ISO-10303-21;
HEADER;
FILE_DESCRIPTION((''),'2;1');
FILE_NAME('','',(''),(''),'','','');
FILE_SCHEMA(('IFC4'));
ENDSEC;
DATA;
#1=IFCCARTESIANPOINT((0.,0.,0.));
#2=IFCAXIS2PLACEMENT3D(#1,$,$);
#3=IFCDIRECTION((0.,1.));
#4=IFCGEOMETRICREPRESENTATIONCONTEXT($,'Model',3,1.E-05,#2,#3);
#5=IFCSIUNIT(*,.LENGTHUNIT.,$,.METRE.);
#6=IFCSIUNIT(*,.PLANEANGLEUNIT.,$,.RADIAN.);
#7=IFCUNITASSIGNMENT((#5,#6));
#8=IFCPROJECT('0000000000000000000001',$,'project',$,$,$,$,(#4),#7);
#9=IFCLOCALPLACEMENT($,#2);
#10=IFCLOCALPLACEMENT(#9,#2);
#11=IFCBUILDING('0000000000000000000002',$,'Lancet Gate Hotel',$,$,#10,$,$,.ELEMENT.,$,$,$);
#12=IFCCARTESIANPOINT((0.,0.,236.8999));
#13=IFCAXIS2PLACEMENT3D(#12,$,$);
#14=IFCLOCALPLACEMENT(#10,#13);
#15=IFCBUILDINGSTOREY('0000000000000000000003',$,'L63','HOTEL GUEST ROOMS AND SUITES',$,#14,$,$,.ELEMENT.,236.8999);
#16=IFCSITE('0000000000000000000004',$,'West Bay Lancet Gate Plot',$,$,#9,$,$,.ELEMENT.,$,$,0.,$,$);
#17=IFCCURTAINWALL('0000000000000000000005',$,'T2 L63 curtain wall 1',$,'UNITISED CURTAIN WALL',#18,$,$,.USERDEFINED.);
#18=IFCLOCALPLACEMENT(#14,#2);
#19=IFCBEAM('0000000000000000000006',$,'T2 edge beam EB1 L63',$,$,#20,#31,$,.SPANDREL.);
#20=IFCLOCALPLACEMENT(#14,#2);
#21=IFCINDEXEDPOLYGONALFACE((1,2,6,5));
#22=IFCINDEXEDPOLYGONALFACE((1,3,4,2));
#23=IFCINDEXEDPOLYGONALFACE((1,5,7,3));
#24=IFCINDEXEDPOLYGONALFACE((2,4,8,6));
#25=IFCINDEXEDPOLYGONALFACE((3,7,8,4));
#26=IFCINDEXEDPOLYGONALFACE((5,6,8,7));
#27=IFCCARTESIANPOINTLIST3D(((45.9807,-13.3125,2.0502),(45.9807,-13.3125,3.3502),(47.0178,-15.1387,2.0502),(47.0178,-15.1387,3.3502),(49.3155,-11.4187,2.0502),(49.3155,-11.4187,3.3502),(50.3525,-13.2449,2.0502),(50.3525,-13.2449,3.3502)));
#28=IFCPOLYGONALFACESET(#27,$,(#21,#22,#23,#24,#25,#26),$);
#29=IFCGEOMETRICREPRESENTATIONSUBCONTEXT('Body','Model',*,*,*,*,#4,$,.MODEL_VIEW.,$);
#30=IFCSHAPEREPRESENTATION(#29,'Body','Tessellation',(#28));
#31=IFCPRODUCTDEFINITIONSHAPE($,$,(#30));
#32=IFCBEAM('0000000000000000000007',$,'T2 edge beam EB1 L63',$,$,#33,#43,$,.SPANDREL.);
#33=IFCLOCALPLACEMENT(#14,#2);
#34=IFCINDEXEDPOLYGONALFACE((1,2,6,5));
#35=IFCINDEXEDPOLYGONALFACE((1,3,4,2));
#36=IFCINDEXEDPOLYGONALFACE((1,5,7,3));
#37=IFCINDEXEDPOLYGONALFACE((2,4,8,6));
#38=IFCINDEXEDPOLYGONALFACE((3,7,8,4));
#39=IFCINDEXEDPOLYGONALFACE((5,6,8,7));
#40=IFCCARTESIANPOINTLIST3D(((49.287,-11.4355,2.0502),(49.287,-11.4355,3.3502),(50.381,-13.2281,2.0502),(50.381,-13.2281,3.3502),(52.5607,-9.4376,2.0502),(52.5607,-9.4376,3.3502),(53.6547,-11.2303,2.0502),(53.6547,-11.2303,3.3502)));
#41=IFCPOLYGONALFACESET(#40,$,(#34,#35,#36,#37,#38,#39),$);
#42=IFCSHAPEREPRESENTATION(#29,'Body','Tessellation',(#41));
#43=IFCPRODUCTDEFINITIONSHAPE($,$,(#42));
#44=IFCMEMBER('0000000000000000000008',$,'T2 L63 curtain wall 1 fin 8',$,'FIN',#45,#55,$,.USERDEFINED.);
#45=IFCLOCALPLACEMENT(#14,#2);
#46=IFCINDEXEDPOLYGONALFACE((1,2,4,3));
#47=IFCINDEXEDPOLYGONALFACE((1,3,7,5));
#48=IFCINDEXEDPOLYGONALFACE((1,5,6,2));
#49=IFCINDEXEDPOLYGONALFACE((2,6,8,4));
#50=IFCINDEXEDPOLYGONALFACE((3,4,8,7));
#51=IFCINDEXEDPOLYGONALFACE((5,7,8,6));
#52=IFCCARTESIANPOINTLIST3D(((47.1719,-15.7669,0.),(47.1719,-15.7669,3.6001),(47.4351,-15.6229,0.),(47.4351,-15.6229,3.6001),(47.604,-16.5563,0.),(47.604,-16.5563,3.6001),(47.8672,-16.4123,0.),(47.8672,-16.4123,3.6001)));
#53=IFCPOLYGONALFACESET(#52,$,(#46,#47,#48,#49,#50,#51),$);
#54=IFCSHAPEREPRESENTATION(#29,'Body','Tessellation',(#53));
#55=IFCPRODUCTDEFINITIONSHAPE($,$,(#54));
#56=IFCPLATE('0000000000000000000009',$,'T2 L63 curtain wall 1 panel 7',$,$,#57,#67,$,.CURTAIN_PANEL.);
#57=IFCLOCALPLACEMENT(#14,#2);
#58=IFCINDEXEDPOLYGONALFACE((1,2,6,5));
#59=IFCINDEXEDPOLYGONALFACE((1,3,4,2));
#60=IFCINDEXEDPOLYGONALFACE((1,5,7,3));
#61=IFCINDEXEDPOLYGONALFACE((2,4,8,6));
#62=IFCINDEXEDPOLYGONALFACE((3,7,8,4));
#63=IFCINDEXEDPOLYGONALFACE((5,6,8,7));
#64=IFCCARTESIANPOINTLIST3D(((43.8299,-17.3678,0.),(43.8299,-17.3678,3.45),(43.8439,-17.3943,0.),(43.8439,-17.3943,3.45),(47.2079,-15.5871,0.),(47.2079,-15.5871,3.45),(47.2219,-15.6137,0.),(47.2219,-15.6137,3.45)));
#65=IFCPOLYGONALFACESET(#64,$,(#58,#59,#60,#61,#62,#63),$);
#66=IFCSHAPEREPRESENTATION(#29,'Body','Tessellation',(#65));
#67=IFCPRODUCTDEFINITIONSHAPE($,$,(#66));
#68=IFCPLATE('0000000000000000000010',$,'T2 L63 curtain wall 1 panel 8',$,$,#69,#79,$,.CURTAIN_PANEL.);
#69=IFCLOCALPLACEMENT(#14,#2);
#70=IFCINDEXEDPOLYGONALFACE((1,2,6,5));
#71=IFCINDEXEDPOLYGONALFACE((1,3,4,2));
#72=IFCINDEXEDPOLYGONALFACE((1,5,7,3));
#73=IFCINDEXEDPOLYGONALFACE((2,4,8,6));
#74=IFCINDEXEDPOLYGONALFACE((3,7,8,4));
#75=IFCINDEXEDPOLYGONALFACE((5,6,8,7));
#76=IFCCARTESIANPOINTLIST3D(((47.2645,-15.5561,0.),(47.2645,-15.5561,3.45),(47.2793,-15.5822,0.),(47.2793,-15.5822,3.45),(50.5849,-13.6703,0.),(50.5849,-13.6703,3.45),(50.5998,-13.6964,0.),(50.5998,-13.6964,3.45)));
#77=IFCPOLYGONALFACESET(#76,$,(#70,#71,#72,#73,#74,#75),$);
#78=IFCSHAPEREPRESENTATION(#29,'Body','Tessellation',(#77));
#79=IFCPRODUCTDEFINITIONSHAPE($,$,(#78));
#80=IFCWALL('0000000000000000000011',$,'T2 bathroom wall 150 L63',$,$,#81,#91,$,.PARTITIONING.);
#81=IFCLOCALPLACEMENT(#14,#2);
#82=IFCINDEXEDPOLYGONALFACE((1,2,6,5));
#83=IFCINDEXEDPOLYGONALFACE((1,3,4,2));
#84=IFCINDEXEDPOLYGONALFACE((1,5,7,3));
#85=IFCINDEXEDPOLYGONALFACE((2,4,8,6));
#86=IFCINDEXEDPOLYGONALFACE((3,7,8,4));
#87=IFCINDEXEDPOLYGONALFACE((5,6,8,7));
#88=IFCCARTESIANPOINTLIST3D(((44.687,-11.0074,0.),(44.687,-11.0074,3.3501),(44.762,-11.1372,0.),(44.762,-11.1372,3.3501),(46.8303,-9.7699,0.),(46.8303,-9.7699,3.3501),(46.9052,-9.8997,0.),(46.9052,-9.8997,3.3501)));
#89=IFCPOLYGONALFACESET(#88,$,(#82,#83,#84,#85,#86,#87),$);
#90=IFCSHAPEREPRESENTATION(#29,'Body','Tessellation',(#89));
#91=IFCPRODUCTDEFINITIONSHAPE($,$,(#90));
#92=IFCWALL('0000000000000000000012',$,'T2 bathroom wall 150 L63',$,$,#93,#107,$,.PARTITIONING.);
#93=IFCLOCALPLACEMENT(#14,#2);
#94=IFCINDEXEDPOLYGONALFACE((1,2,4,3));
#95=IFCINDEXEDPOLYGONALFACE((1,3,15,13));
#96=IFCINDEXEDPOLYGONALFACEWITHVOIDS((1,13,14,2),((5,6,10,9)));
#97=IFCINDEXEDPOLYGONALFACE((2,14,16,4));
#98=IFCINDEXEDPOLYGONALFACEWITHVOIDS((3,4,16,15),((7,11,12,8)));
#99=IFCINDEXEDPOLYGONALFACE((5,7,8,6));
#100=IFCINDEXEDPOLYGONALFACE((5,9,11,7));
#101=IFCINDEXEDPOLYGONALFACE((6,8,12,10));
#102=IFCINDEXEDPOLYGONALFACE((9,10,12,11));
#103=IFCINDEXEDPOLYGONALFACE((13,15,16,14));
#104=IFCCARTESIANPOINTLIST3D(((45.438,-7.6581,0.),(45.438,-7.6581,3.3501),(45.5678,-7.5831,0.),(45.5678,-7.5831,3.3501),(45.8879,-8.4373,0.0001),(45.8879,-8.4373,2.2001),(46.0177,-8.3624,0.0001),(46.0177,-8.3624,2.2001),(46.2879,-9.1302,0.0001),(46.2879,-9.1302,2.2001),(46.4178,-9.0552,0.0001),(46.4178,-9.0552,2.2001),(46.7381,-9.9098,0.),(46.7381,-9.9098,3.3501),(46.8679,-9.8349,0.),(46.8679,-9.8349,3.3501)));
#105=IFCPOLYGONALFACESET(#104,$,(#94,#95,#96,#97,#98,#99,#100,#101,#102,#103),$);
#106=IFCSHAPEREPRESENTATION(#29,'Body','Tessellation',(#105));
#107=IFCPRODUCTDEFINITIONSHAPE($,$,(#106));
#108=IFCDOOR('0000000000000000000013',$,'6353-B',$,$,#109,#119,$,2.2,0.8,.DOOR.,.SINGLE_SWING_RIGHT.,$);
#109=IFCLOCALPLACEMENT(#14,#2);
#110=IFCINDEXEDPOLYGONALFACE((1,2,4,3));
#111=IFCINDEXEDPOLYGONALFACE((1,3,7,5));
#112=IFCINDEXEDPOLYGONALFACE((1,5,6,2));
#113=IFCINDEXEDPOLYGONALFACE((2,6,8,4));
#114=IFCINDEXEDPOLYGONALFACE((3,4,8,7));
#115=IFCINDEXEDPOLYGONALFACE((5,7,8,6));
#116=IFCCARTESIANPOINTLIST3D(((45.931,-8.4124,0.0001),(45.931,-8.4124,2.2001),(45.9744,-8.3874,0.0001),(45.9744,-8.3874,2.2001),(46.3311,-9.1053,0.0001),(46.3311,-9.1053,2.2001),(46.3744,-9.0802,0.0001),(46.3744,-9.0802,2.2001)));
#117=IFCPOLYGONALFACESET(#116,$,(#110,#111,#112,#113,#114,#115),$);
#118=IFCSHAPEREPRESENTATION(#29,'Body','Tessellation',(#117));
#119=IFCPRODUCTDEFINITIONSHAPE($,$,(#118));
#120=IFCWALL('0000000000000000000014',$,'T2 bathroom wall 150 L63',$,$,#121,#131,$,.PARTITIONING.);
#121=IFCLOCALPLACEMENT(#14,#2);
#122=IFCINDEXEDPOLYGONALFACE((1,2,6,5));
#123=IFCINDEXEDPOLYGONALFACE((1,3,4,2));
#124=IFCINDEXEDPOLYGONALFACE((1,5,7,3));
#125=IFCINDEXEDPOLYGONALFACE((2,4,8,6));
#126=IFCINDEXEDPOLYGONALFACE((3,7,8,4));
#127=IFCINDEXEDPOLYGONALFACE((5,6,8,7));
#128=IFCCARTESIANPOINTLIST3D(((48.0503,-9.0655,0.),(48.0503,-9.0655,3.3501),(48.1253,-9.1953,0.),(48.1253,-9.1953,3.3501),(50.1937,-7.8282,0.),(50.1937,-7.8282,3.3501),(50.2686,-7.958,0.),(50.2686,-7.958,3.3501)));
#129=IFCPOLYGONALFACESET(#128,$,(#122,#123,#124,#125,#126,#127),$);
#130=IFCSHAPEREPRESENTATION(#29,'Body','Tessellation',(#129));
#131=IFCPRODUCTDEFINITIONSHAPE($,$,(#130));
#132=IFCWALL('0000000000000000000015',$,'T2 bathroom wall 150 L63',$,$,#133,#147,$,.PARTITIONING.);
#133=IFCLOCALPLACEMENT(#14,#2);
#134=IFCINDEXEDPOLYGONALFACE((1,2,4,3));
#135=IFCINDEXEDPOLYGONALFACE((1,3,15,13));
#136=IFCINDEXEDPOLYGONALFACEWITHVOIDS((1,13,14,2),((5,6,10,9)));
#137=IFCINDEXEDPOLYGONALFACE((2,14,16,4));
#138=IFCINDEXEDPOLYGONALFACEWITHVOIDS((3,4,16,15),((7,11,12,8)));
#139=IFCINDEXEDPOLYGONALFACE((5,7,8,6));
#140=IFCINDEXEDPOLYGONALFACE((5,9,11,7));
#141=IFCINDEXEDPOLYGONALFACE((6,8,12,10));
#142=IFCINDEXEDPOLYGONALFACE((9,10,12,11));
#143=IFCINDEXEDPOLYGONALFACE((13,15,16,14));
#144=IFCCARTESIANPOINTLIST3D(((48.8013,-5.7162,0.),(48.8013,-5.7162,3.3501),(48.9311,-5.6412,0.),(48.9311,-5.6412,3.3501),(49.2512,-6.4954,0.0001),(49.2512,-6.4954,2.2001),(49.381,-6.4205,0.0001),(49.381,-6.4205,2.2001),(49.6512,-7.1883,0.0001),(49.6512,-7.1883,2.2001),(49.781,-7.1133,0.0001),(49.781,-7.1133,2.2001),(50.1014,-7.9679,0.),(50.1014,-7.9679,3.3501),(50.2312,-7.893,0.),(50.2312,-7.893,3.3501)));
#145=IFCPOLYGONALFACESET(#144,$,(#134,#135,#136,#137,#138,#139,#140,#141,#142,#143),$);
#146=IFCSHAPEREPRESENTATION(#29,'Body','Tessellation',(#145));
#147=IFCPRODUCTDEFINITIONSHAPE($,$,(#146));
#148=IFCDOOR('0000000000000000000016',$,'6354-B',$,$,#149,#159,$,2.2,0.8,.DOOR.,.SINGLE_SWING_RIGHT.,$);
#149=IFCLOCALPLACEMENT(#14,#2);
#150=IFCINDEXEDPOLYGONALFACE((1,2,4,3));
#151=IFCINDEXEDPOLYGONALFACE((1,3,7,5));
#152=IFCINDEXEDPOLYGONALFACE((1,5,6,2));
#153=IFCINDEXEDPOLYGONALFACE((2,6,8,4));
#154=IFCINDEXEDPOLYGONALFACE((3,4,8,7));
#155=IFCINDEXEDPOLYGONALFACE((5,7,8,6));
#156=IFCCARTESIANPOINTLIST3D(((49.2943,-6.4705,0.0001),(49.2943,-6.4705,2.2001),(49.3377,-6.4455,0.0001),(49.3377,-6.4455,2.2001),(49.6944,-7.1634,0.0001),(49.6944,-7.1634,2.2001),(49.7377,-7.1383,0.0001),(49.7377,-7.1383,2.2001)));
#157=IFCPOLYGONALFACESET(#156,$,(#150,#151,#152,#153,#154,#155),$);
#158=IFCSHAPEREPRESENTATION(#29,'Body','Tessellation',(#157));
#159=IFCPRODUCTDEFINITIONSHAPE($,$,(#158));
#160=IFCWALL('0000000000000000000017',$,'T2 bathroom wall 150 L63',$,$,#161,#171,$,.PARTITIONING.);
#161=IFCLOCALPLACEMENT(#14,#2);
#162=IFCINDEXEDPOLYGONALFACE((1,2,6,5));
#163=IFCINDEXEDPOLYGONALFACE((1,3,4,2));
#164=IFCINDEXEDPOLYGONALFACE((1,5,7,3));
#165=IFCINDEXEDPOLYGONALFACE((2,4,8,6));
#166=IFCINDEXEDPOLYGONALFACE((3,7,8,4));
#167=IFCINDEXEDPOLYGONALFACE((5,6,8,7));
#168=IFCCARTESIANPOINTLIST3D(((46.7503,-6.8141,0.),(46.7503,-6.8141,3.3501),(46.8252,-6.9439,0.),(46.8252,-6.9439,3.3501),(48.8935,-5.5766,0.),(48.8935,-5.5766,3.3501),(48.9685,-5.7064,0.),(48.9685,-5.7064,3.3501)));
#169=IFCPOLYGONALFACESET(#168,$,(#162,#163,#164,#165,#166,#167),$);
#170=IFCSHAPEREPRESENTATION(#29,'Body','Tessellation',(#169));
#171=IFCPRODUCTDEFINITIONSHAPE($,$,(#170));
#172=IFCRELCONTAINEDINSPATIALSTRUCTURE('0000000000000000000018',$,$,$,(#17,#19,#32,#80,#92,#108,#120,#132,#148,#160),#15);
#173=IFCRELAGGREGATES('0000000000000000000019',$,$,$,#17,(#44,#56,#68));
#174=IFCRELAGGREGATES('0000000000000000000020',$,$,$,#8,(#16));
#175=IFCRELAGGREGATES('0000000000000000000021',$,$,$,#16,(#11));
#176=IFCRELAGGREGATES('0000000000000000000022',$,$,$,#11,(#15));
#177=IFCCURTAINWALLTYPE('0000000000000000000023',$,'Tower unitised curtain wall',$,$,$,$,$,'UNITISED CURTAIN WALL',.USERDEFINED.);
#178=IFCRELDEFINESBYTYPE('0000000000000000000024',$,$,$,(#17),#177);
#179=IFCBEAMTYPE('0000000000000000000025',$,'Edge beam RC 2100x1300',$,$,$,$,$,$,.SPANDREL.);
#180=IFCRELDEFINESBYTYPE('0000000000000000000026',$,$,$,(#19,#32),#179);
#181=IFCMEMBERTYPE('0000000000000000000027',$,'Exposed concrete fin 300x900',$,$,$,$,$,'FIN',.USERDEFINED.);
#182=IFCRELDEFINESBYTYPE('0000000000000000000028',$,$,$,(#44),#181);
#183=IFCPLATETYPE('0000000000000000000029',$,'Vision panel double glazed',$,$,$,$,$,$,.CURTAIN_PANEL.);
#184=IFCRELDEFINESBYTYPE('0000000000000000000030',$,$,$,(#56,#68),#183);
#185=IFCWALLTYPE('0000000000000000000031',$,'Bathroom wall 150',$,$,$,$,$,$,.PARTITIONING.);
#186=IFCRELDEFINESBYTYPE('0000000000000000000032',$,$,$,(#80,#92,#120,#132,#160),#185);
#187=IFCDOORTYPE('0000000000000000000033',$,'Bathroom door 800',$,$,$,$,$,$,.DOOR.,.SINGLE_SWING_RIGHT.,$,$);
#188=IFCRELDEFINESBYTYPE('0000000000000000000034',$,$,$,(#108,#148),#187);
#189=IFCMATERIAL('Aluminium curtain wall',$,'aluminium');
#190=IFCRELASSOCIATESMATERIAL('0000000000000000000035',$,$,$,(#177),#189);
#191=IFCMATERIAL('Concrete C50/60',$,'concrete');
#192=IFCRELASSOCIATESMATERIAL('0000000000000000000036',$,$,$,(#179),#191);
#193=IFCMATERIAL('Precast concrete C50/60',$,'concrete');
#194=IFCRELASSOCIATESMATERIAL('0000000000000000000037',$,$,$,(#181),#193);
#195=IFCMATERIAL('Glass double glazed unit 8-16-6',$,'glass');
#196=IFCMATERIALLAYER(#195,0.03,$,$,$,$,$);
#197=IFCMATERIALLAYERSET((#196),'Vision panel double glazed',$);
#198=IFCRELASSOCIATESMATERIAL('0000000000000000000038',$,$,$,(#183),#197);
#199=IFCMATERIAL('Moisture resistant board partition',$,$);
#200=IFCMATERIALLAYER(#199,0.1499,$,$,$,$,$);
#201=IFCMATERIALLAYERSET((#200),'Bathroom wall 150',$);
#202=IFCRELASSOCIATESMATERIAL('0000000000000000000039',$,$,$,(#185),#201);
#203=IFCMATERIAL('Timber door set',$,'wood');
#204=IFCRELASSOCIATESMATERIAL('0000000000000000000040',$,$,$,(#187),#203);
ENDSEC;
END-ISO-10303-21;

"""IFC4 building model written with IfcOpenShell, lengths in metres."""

from ifc_helpers import new_model, si_unit, direction, frame, frame_2d, origin, origin_2d, place, context, subcontext, project, spatial, rectangle, extrude, material, layer, layer_set, material_profile, profile_set, type_object, element, fill, aggregate, save


model = new_model("IFC4")

# Units and contexts
model_context = context("Model", 3, precision=1e-05, world=origin(), true_north=direction((0.0, 1.0)))
body_context = subcontext(model_context, "Body", "Model", "MODEL_VIEW")
ifc_project = project(units=[si_unit("LENGTHUNIT", "METRE"), si_unit("PLANEANGLEUNIT", "RADIAN")], contexts=[model_context])

# Site, building, storey
site_placement = place(None, origin())
site = spatial("IfcSite", under=ifc_project, at=site_placement, Name="West Bay Lancet Gate Plot", CompositionType="ELEMENT", RefElevation=0.0)
building_placement = place(site_placement, origin())
building = spatial("IfcBuilding", under=site, at=building_placement, Name="Lancet Gate Hotel", CompositionType="ELEMENT")
storey_placement = place(building_placement, frame((0.0, 0.0, 236.8999)))
storey = spatial("IfcBuildingStorey", under=building, at=storey_placement, Name="L63", Description="HOTEL GUEST ROOMS AND SUITES", CompositionType="ELEMENT", Elevation=236.8999)

# Curtain wall
ifc_material_1 = material(Name="Aluminium curtain wall", Category="aluminium")
curtain_wall_type = type_object("IfcCurtainWallType", Name="Tower unitised curtain wall", ElementType="UNITISED CURTAIN WALL", PredefinedType="USERDEFINED", material=ifc_material_1)
curtain_wall_placement = place(storey_placement, origin())
curtain_wall = element("IfcCurtainWall", 1, at=curtain_wall_placement, inside=storey, type_object=curtain_wall_type, Name="T2 L63 curtain wall 1", ObjectType="UNITISED CURTAIN WALL", PredefinedType="USERDEFINED")

# Beams
ifc_material_2 = material(Name="Concrete C50/60", Category="concrete")
ifc_material_profile_1 = material_profile(ifc_material_2, rectangle(XDim=2.1001, YDim=1.3, at=origin_2d()), Name="RC 2100x1300")
ifc_profile_set_1 = profile_set([ifc_material_profile_1], Name="Concrete C50/60")
beam_type = type_object("IfcBeamType", Name="Edge beam RC 2100x1300", PredefinedType="SPANDREL", material=ifc_profile_set_1)
beam_1_placement = place(storey_placement, frame((46.4993, -14.2256, 2.7002), z_axis=(0.86956, 0.493827, 0.0), x_axis=(-0.493827, 0.86956, 0.0)))
element("IfcBeam", 2, at=beam_1_placement, inside=storey, type_object=beam_type, Name="T2 edge beam EB1 L63", PredefinedType="SPANDREL", context=body_context, shape_type="SweptSolid", body=[
    extrude(rectangle(XDim=2.1001, YDim=1.3, at=origin_2d()), origin(), (0.0, 0.0, 1.0), 3.835),
])
beam_2_placement = place(storey_placement, frame((49.834, -12.3318, 2.7002), z_axis=(0.853604, 0.520922, 0.0), x_axis=(-0.520922, 0.853604, 0.0)))
element("IfcBeam", 3, at=beam_2_placement, inside=storey, type_object=beam_type, Name="T2 edge beam EB1 L63", PredefinedType="SPANDREL", context=body_context, shape_type="SweptSolid", body=[
    extrude(rectangle(XDim=2.1001, YDim=1.3, at=origin_2d()), origin(), (0.0, 0.0, 1.0), 3.8352),
])

# Member
ifc_material_3 = material(Name="Precast concrete C50/60", Category="concrete")
ifc_material_profile_2 = material_profile(ifc_material_3, rectangle(XDim=0.3, YDim=0.8999, at=origin_2d()), Name="FIN 300x900")
ifc_profile_set_2 = profile_set([ifc_material_profile_2], Name="Precast concrete C50/60")
member_type_1 = type_object("IfcMemberType", Name="Exposed concrete fin 300x900", ElementType="FIN", PredefinedType="USERDEFINED", material=ifc_profile_set_2)
member_1_placement = place(storey_placement, frame((47.5195, -16.0896, 0.0), z_axis=(0.0, 0.0, 1.0), x_axis=(0.877195, 0.480135, 0.0)))
member_1 = element("IfcMember", 4, at=member_1_placement, type_object=member_type_1, Name="T2 L63 curtain wall 1 fin 8", ObjectType="FIN", PredefinedType="USERDEFINED", context=body_context, shape_type="SweptSolid", body=[
    extrude(rectangle(XDim=0.3, YDim=0.8999, at=origin_2d()), origin(), (0.0, 0.0, 1.0), 3.6001),
])

# Plates
ifc_material_4 = material(Name="Glass double glazed unit 8-16-6", Category="glass")
ifc_layer_1 = layer(ifc_material_4, 0.03)
ifc_layer_set_1 = layer_set([ifc_layer_1], Name="Vision panel double glazed")
plate_type = type_object("IfcPlateType", Name="Vision panel double glazed", PredefinedType="CURTAIN_PANEL", material=ifc_layer_set_1)
plate_1_placement = place(storey_placement, frame((45.5259, -16.4907, 0.0), z_axis=(0.0, 0.0, 1.0), x_axis=(0.884623, 0.466307, 0.0)))
plate_1 = element("IfcPlate", 5, at=plate_1_placement, type_object=plate_type, Name="T2 L63 curtain wall 1 panel 7", PredefinedType="CURTAIN_PANEL", context=body_context, shape_type="SweptSolid", body=[
    extrude(rectangle(XDim=3.8186, YDim=0.03, at=origin_2d()), origin(), (0.0, 0.0, 1.0), 3.45),
])
plate_2_placement = place(storey_placement, frame((48.9321, -14.6262, 0.0), z_axis=(0.0, 0.0, 1.0), x_axis=(0.86955, 0.493844, 0.0)))
plate_2 = element("IfcPlate", 6, at=plate_2_placement, type_object=plate_type, Name="T2 L63 curtain wall 1 panel 8", PredefinedType="CURTAIN_PANEL", context=body_context, shape_type="SweptSolid", body=[
    extrude(rectangle(XDim=3.8186, YDim=0.03, at=origin_2d()), origin(), (0.0, 0.0, 1.0), 3.45),
])
aggregate(curtain_wall, [member_1, plate_1, plate_2])

# Wall
ifc_material_5 = material(Name="Moisture resistant board partition")
ifc_layer_2 = layer(ifc_material_5, 0.1499)
ifc_layer_set_2 = layer_set([ifc_layer_2], Name="Bathroom wall 150")
wall_type_1 = type_object("IfcWallType", Name="Bathroom wall 150", PredefinedType="PARTITIONING", material=ifc_layer_set_2)
wall_1_placement = place(storey_placement, frame((44.7246, -11.0723, 0.0), z_axis=(0.0, 0.0, 1.0), x_axis=(0.866007, 0.500033, 0.0)))
element("IfcWall", 7, at=wall_1_placement, inside=storey, type_object=wall_type_1, Name="T2 bathroom wall 150 L63", PredefinedType="PARTITIONING", context=body_context, shape_type="SweptSolid", body=[
    extrude(rectangle(XDim=2.4749, YDim=0.1499, at=frame_2d((1.2373, 0.0))), origin(), (0.0, 0.0, 1.0), 3.3501),
])

# Wall, opening, door
wall_2_placement = place(storey_placement, frame((45.5029, -7.6206, 0.0), z_axis=(0.0, 0.0, 1.0), x_axis=(0.500007, -0.866021, 0.0)))
wall_2 = element("IfcWall", 8, at=wall_2_placement, inside=storey, type_object=wall_type_1, Name="T2 bathroom wall 150 L63", PredefinedType="PARTITIONING", context=body_context, shape_type="SweptSolid", body=[
    extrude(rectangle(XDim=2.6001, YDim=0.1499, at=frame_2d((1.3, 0.0))), origin(), (0.0, 0.0, 1.0), 3.3501),
])
opening_1_placement = place(wall_2_placement, frame((0.8999, 0.0, 0.0)))
opening_1 = element("IfcOpeningElement", 9, at=opening_1_placement, cuts=wall_2, PredefinedType="OPENING", context=body_context, shape_type="SweptSolid", body=[
    extrude(rectangle(XDim=0.8, YDim=2.2, at=frame_2d((0.3999, 1.1001))), frame((0.0, 0.085, 0.0), z_axis=(0.0, -1.0, 0.0), x_axis=(1.0, 0.0, 0.0)), (0.0, 0.0, 1.0), 0.1699),
])
ifc_material_6 = material(Name="Timber door set", Category="wood")
door_type = type_object("IfcDoorType", Name="Bathroom door 800", OperationType="SINGLE_SWING_RIGHT", PredefinedType="DOOR", material=ifc_material_6)
door_1_placement = place(opening_1_placement, origin())
door_1 = element("IfcDoor", 10, at=door_1_placement, inside=storey, type_object=door_type, Name="6353-B", OperationType="SINGLE_SWING_RIGHT", OverallHeight=2.2, OverallWidth=0.8, PredefinedType="DOOR", context=body_context, shape_type="SweptSolid", body=[
    extrude(rectangle(XDim=0.8, YDim=2.2, at=frame_2d((0.3999, 1.1001))), frame((0.0, 0.0249, 0.0), z_axis=(0.0, -1.0, 0.0), x_axis=(1.0, 0.0, 0.0)), (0.0, 0.0, 1.0), 0.05),
])
fill(opening_1, door_1)

# Wall
wall_3_placement = place(storey_placement, frame((48.0879, -9.1304, 0.0), z_axis=(0.0, 0.0, 1.0), x_axis=(0.866049, 0.499959, 0.0)))
element("IfcWall", 11, at=wall_3_placement, inside=storey, type_object=wall_type_1, Name="T2 bathroom wall 150 L63", PredefinedType="PARTITIONING", context=body_context, shape_type="SweptSolid", body=[
    extrude(rectangle(XDim=2.4749, YDim=0.1499, at=frame_2d((1.2373, 0.0))), origin(), (0.0, 0.0, 1.0), 3.3501),
])

# Wall, opening, door
wall_4_placement = place(storey_placement, frame((48.8662, -5.6787, 0.0), z_axis=(0.0, 0.0, 1.0), x_axis=(0.500007, -0.866021, 0.0)))
wall_4 = element("IfcWall", 12, at=wall_4_placement, inside=storey, type_object=wall_type_1, Name="T2 bathroom wall 150 L63", PredefinedType="PARTITIONING", context=body_context, shape_type="SweptSolid", body=[
    extrude(rectangle(XDim=2.6001, YDim=0.1499, at=frame_2d((1.3, 0.0))), origin(), (0.0, 0.0, 1.0), 3.3501),
])
opening_2_placement = place(wall_4_placement, frame((0.8999, 0.0, 0.0)))
opening_2 = element("IfcOpeningElement", 13, at=opening_2_placement, cuts=wall_4, PredefinedType="OPENING", context=body_context, shape_type="SweptSolid", body=[
    extrude(rectangle(XDim=0.8, YDim=2.2, at=frame_2d((0.3999, 1.1001))), frame((0.0, 0.085, 0.0), z_axis=(0.0, -1.0, 0.0), x_axis=(1.0, 0.0, 0.0)), (0.0, 0.0, 1.0), 0.1699),
])
door_2_placement = place(opening_2_placement, origin())
door_2 = element("IfcDoor", 14, at=door_2_placement, inside=storey, type_object=door_type, Name="6354-B", OperationType="SINGLE_SWING_RIGHT", OverallHeight=2.2, OverallWidth=0.8, PredefinedType="DOOR", context=body_context, shape_type="SweptSolid", body=[
    extrude(rectangle(XDim=0.8, YDim=2.2, at=frame_2d((0.3999, 1.1001))), frame((0.0, 0.0249, 0.0), z_axis=(0.0, -1.0, 0.0), x_axis=(1.0, 0.0, 0.0)), (0.0, 0.0, 1.0), 0.05),
])
fill(opening_2, door_2)

# Wall
wall_5_placement = place(storey_placement, frame((46.7878, -6.8789, 0.0), z_axis=(0.0, 0.0, 1.0), x_axis=(0.866007, 0.500033, 0.0)))
element("IfcWall", 15, at=wall_5_placement, inside=storey, type_object=wall_type_1, Name="T2 bathroom wall 150 L63", PredefinedType="PARTITIONING", context=body_context, shape_type="SweptSolid", body=[
    extrude(rectangle(XDim=2.4749, YDim=0.1499, at=frame_2d((1.2373, 0.0))), origin(), (0.0, 0.0, 1.0), 3.3501),
])

save(model, "model.ifc")
